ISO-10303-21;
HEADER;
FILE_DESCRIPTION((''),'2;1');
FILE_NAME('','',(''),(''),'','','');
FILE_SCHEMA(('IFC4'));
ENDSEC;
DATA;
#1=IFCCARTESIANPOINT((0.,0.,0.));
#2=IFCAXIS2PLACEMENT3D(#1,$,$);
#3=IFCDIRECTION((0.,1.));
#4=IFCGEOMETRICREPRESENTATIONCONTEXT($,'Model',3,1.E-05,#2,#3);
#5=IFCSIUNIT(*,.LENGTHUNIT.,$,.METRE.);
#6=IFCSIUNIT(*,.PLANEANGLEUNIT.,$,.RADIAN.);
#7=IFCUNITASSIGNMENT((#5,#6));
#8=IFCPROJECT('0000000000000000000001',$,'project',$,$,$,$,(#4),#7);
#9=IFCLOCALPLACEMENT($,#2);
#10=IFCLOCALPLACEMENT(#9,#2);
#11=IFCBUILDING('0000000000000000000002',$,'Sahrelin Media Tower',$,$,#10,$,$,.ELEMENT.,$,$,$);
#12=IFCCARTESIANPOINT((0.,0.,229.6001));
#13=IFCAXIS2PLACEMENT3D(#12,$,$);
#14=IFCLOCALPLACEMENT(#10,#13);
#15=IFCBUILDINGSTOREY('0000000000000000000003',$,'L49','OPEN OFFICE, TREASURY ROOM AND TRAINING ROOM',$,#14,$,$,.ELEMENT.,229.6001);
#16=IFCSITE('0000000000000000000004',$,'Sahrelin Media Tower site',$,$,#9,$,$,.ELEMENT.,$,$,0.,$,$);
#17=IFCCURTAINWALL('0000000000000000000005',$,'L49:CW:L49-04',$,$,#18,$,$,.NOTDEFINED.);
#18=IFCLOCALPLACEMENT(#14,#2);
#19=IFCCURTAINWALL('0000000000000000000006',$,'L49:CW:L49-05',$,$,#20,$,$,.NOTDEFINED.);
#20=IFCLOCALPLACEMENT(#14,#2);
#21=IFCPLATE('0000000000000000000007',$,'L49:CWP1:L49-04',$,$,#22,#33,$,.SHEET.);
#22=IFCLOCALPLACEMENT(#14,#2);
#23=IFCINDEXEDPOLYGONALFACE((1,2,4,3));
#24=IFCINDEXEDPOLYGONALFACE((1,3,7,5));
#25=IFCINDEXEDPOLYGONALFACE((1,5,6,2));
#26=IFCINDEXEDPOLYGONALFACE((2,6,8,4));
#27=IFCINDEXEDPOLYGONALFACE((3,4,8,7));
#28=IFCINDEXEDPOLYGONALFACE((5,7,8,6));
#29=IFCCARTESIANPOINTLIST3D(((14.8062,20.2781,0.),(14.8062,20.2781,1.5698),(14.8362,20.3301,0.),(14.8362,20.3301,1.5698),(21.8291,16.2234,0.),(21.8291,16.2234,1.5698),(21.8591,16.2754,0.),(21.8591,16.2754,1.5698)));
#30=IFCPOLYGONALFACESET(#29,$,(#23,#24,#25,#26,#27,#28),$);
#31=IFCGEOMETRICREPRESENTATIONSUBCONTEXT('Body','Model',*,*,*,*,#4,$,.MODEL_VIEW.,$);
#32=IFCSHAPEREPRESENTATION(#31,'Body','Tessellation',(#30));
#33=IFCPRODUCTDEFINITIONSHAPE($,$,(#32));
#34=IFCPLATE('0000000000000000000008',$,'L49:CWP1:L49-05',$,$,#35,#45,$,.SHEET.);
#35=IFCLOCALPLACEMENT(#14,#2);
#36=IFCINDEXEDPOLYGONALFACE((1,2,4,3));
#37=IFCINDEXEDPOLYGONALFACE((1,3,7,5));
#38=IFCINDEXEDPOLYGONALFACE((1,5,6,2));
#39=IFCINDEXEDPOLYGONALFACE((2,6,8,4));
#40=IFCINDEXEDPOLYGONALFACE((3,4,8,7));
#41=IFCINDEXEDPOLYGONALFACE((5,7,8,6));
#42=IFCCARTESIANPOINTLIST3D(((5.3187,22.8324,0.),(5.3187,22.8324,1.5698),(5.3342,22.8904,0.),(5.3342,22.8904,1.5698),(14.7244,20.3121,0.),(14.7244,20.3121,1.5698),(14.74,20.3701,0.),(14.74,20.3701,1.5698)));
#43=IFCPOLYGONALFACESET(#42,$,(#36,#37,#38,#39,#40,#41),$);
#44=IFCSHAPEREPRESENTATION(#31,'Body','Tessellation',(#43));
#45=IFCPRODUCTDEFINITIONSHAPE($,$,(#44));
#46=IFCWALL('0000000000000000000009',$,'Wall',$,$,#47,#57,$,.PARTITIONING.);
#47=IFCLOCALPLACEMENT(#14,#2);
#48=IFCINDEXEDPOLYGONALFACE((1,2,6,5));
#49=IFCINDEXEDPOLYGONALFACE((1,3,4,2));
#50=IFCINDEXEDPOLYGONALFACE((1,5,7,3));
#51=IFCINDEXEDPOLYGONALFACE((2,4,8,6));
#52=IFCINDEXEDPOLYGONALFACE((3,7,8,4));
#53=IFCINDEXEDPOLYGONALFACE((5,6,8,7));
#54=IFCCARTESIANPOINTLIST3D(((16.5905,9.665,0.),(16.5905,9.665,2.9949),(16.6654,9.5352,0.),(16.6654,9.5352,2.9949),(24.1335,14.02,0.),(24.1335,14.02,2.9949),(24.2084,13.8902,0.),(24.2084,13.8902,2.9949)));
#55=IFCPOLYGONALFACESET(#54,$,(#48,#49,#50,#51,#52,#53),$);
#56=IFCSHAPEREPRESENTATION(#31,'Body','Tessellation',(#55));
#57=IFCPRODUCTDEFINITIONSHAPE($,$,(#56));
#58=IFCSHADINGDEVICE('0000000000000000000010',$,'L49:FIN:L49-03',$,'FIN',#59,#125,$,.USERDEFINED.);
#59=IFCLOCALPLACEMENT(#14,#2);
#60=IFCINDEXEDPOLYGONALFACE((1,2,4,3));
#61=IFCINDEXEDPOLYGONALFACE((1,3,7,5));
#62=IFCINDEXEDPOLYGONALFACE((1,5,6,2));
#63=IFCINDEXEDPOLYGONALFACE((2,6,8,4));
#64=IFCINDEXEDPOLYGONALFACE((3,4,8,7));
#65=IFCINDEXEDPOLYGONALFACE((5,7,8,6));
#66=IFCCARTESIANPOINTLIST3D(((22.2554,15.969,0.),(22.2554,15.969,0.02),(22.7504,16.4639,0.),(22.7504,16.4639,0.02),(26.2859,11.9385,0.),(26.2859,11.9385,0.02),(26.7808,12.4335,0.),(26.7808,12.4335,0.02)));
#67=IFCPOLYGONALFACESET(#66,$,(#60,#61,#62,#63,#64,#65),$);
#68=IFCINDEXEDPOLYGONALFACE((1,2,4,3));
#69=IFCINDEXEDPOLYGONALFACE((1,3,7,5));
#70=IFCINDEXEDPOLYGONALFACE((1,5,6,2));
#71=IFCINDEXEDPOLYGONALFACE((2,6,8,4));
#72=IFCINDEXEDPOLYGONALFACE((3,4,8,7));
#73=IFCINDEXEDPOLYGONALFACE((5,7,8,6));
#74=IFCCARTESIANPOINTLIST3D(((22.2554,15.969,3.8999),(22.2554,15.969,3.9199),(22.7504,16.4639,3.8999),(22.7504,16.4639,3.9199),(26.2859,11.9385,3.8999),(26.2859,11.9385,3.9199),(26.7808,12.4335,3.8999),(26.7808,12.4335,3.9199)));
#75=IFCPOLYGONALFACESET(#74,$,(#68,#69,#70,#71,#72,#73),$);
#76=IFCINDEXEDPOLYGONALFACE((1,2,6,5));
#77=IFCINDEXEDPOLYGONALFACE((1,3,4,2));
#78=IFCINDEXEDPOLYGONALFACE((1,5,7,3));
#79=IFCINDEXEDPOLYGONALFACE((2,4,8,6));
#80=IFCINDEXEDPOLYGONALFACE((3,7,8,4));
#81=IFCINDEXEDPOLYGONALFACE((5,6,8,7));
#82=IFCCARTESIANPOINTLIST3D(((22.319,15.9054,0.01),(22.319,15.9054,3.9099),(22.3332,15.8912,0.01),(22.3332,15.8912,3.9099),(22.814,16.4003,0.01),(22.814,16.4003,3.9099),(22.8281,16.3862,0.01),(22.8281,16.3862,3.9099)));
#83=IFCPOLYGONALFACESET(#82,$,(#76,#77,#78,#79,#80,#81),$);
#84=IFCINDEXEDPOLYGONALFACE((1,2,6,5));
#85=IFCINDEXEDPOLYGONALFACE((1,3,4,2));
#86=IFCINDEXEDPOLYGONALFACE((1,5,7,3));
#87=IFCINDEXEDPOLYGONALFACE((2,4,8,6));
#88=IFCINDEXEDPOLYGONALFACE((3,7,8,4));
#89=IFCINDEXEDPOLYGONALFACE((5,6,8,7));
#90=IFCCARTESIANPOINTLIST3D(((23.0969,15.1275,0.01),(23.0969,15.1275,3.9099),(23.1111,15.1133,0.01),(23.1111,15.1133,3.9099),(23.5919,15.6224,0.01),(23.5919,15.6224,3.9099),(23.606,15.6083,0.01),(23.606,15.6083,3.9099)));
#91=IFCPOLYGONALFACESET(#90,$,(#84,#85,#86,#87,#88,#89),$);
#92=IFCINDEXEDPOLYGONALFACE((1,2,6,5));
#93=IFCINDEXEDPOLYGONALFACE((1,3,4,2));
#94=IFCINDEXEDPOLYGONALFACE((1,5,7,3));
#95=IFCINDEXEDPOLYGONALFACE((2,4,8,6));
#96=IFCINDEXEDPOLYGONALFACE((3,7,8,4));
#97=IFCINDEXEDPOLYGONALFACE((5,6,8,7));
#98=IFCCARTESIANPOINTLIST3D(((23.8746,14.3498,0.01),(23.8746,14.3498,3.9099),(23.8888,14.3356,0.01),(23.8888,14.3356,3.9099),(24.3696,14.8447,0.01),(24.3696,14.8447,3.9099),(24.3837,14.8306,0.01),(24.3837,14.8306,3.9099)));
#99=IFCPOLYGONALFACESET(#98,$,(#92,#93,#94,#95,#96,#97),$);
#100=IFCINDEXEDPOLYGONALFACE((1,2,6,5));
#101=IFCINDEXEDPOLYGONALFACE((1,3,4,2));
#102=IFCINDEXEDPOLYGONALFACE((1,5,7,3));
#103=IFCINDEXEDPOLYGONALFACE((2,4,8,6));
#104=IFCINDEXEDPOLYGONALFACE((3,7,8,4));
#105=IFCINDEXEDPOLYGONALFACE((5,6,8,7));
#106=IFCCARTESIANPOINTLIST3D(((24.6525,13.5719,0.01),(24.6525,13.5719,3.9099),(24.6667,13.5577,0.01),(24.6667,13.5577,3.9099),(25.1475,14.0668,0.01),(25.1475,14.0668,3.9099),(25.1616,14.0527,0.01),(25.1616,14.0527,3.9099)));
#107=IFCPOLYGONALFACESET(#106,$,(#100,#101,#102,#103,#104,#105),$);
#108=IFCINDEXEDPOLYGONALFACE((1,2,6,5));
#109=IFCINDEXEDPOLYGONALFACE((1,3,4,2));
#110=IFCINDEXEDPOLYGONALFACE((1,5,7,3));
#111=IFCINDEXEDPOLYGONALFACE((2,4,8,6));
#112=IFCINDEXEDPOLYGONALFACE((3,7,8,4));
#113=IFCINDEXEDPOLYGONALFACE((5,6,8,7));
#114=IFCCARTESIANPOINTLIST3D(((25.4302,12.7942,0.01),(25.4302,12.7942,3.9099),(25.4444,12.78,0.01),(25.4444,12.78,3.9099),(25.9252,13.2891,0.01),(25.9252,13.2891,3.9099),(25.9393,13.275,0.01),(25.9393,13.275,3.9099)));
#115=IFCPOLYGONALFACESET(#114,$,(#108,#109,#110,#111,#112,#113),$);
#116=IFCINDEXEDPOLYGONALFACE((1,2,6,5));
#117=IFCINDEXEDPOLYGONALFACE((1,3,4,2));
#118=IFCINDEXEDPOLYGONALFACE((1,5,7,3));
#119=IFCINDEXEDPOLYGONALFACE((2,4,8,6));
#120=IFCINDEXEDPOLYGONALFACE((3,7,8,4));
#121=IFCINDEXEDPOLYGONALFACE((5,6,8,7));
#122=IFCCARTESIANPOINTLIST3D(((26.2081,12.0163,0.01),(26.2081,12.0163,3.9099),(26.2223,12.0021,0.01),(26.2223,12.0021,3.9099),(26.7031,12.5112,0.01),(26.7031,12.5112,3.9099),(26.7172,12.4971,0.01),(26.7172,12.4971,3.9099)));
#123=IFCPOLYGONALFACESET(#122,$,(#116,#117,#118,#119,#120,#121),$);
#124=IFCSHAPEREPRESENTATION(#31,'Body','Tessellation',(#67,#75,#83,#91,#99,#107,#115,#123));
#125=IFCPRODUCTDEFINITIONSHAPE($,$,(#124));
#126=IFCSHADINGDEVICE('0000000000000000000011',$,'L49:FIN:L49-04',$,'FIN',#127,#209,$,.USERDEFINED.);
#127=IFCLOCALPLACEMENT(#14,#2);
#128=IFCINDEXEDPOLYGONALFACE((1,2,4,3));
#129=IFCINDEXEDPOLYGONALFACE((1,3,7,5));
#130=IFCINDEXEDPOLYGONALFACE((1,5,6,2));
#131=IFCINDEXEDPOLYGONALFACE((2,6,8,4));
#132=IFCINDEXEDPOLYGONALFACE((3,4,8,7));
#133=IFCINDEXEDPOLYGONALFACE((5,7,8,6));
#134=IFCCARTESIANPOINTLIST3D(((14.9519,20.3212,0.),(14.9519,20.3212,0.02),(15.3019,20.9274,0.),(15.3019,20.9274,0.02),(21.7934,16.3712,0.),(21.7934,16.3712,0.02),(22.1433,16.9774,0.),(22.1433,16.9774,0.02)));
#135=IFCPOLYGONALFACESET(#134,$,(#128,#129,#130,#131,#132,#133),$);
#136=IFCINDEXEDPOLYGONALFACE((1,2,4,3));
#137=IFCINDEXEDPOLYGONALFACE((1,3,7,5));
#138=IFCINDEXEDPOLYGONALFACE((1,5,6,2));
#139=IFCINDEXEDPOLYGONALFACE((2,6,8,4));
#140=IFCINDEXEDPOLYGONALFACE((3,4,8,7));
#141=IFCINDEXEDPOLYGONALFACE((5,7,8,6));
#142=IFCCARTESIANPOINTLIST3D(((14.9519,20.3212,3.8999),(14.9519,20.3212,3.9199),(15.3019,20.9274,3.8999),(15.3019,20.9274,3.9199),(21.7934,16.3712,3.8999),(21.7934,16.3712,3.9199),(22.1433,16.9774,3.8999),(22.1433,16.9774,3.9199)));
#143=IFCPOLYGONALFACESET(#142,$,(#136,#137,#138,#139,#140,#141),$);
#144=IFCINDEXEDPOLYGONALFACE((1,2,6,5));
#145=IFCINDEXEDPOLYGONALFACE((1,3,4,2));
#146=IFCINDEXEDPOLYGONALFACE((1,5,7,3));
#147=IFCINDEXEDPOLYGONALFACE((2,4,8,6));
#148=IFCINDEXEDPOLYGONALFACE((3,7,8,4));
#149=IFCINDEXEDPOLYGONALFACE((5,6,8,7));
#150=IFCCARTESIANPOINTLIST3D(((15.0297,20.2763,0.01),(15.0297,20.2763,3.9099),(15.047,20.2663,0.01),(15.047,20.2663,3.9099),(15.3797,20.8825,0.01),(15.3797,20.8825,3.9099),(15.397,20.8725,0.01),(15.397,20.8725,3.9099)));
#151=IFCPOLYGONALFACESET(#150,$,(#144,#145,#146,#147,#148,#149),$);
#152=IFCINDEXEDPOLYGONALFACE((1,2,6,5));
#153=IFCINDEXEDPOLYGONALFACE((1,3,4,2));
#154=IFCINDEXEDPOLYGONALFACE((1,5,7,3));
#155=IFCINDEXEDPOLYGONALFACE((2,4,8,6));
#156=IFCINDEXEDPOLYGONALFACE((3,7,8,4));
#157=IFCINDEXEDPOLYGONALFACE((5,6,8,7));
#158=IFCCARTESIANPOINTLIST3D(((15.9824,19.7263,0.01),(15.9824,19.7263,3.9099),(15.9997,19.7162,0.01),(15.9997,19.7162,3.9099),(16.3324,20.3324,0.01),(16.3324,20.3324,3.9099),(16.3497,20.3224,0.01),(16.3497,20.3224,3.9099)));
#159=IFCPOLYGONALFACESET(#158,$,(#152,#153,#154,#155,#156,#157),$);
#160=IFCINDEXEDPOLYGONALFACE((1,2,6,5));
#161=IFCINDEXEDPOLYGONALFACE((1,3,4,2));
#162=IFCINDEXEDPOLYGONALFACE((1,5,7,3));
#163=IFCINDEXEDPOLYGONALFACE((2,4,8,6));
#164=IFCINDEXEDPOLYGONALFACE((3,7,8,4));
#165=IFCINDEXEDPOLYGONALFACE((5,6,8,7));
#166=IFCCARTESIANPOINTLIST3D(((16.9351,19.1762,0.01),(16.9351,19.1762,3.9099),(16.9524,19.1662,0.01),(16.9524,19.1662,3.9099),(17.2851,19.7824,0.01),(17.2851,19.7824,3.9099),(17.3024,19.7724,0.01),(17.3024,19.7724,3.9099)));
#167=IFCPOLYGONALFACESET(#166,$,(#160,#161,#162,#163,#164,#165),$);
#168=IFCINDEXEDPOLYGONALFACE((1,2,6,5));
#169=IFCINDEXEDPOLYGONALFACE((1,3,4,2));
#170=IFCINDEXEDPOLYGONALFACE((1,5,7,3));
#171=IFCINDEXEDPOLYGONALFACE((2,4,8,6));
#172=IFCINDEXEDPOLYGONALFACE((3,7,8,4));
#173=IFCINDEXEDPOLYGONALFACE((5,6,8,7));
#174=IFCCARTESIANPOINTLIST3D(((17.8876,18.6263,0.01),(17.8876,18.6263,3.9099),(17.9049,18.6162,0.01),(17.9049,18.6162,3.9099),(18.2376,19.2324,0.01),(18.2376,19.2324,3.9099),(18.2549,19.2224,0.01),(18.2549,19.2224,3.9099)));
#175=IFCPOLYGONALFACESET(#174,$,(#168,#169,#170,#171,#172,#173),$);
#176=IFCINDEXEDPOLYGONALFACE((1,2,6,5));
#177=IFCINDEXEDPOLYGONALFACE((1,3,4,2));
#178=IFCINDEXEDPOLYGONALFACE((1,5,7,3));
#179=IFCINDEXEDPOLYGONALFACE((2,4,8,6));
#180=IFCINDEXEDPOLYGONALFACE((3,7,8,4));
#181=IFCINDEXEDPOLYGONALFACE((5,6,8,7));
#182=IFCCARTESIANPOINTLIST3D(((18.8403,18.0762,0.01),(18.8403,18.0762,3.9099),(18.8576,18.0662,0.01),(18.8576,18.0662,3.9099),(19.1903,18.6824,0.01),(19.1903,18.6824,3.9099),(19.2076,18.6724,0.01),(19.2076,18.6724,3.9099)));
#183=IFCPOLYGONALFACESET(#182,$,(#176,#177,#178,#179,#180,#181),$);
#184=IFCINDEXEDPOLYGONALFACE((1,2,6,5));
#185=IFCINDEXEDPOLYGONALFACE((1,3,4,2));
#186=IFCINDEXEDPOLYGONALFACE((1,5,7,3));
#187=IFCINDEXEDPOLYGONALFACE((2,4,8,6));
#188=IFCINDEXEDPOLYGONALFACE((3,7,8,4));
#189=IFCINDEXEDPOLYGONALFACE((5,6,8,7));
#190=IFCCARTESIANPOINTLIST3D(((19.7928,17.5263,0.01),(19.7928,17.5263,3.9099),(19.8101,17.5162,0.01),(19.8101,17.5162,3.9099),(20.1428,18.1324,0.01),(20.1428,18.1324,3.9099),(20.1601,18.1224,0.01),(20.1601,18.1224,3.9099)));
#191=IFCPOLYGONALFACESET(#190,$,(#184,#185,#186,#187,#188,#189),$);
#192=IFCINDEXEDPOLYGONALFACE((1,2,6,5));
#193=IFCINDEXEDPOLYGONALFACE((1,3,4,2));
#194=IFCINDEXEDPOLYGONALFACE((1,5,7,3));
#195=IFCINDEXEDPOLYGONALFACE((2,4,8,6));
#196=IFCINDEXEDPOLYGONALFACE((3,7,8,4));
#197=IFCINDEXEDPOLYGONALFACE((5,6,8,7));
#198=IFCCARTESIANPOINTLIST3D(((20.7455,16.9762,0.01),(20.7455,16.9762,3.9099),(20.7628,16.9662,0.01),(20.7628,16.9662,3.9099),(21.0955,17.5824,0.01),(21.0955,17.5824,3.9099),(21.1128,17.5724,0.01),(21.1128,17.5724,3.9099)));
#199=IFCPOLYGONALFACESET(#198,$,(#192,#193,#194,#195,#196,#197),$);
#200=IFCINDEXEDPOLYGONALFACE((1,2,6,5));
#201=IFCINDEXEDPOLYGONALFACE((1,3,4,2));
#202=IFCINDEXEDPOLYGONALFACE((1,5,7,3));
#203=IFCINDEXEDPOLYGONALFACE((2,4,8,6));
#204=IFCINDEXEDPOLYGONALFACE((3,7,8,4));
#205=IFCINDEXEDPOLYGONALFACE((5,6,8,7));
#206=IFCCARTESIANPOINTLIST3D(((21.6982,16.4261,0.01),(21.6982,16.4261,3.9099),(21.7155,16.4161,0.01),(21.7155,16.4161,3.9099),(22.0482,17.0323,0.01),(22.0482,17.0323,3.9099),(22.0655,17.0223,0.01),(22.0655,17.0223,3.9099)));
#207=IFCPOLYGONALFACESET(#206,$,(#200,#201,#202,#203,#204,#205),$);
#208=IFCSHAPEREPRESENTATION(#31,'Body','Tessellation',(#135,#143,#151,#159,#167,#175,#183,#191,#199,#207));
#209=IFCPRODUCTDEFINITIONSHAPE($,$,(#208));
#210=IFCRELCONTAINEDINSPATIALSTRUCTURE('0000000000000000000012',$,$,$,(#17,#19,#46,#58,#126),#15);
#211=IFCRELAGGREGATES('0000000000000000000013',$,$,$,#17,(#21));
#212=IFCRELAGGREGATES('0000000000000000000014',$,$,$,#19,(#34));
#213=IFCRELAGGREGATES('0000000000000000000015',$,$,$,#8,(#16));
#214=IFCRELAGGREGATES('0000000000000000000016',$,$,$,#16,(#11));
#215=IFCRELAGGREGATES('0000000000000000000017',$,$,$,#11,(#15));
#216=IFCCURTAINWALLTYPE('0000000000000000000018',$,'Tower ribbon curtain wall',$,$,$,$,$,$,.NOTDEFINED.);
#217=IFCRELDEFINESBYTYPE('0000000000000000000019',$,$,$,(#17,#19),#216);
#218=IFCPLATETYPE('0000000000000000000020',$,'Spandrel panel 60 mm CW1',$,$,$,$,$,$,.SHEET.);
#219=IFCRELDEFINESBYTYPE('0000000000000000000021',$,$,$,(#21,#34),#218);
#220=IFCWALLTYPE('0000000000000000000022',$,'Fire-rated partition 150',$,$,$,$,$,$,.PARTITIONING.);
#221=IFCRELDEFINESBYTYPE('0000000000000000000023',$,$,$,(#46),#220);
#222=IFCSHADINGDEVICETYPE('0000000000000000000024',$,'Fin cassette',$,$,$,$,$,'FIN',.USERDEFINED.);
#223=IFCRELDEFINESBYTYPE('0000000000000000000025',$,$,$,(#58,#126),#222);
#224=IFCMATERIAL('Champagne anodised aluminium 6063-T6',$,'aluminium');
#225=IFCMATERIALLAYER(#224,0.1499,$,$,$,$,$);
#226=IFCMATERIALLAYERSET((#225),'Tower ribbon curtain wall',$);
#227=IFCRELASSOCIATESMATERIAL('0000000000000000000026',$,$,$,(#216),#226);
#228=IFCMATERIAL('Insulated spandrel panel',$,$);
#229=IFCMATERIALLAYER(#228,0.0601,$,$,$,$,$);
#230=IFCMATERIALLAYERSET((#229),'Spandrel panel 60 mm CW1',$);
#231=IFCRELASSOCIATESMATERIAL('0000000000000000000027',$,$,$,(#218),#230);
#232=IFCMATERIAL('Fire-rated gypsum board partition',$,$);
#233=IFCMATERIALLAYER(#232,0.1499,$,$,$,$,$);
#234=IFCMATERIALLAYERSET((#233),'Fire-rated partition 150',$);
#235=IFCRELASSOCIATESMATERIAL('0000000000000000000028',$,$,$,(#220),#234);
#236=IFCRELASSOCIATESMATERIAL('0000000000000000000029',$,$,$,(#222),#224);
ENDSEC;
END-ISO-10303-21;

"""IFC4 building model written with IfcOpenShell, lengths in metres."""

from ifc_helpers import new_model, si_unit, direction, frame, frame_2d, origin, origin_2d, place, context, subcontext, project, spatial, polyline, rectangle, outline, extrude, material, layer, layer_set, type_object, element, aggregate, save


model = new_model("IFC4")

# Units and contexts
model_context = context("Model", 3, precision=1e-05, world=origin(), true_north=direction((0.0, 1.0)))
body_context = subcontext(model_context, "Body", "Model", "MODEL_VIEW")
ifc_project = project(units=[si_unit("LENGTHUNIT", "METRE"), si_unit("PLANEANGLEUNIT", "RADIAN")], contexts=[model_context])

# Site, building, storey
site_placement = place(None, origin())
site = spatial("IfcSite", under=ifc_project, at=site_placement, Name="Sahrelin Media Tower site", CompositionType="ELEMENT", RefElevation=0.0)
building_placement = place(site_placement, origin())
building = spatial("IfcBuilding", under=site, at=building_placement, Name="Sahrelin Media Tower", CompositionType="ELEMENT")
storey_placement = place(building_placement, frame((0.0, 0.0, 229.6001)))
storey = spatial("IfcBuildingStorey", under=building, at=storey_placement, Name="L49", Description="OPEN OFFICE, TREASURY ROOM AND TRAINING ROOM", CompositionType="ELEMENT", Elevation=229.6001)

# Curtain wall
ifc_material_1 = material(Name="Champagne anodised aluminium 6063-T6", Category="aluminium")
ifc_layer_1 = layer(ifc_material_1, 0.1499)
ifc_layer_set_1 = layer_set([ifc_layer_1], Name="Tower ribbon curtain wall")
curtain_wall_type = type_object("IfcCurtainWallType", Name="Tower ribbon curtain wall", PredefinedType="NOTDEFINED", material=ifc_layer_set_1)
curtain_wall_1_placement = place(storey_placement, frame((18.3376, 18.2856, 0.0), z_axis=(0.0, 0.0, 1.0), x_axis=(1.0, 0.0, 0.0)))
curtain_wall_1 = element("IfcCurtainWall", 1, at=curtain_wall_1_placement, inside=storey, type_object=curtain_wall_type, Name="L49:CW:L49-04", PredefinedType="NOTDEFINED")

# Curtain wall
curtain_wall_2_placement = place(storey_placement, frame((10.032, 21.6108, 0.0), z_axis=(0.0, 0.0, 1.0), x_axis=(1.0, 0.0, 0.0)))
curtain_wall_2 = element("IfcCurtainWall", 2, at=curtain_wall_2_placement, inside=storey, type_object=curtain_wall_type, Name="L49:CW:L49-05", PredefinedType="NOTDEFINED")

# Plates
ifc_material_2 = material(Name="Insulated spandrel panel")
ifc_layer_2 = layer(ifc_material_2, 0.0601)
ifc_layer_set_2 = layer_set([ifc_layer_2], Name="Spandrel panel 60 mm CW1")
plate_type_1 = type_object("IfcPlateType", Name="Spandrel panel 60 mm CW1", PredefinedType="SHEET", material=ifc_layer_set_2)
plate_1_placement = place(storey_placement, frame((21.8591, 16.2754, 0.0), z_axis=(0.499999, 0.866026, 0.0), x_axis=(-0.866026, 0.499999, 0.0)))
plate_1 = element("IfcPlate", 3, at=plate_1_placement, type_object=plate_type_1, Name="L49:CWP1:L49-04", PredefinedType="SHEET", context=body_context, shape_type="SweptSolid", body=[
    extrude(outline(polyline([(0.0, 0.0), (8.1094, 0.0), (8.1094, 1.5698), (0.0, 1.5698), (0.0, 0.0)])), origin(), (0.0, 0.0, -1.0), 0.0601),
])
aggregate(curtain_wall_1, [plate_1])
plate_2_placement = place(storey_placement, frame((14.74, 20.3701, 0.0), z_axis=(0.258819, 0.965926, 0.0), x_axis=(-0.965926, 0.258819, 0.0)))
plate_2 = element("IfcPlate", 4, at=plate_2_placement, type_object=plate_type_1, Name="L49:CWP1:L49-05", PredefinedType="SHEET", context=body_context, shape_type="SweptSolid", body=[
    extrude(outline(polyline([(0.0, 0.0), (9.7375, 0.0), (9.7375, 1.5698), (0.0, 1.5698), (0.0, 0.0)])), origin(), (0.0, 0.0, -1.0), 0.0601),
])
aggregate(curtain_wall_2, [plate_2])

# Wall
ifc_material_3 = material(Name="Fire-rated gypsum board partition")
ifc_layer_3 = layer(ifc_material_3, 0.1499)
ifc_layer_set_3 = layer_set([ifc_layer_3], Name="Fire-rated partition 150")
wall_type = type_object("IfcWallType", Name="Fire-rated partition 150", PredefinedType="PARTITIONING", material=ifc_layer_set_3)
wall_placement = place(storey_placement, frame((16.6279, 9.6001, 0.0), z_axis=(0.0, 0.0, 1.0), x_axis=(0.866023, 0.500004, 0.0)))
element("IfcWall", 5, at=wall_placement, inside=storey, type_object=wall_type, Name="Wall", PredefinedType="PARTITIONING", context=body_context, shape_type="SweptSolid", body=[
    extrude(rectangle(XDim=8.71, YDim=0.1499, at=frame_2d((4.355, 0.0))), origin(), (0.0, 0.0, 1.0), 2.9949),
])

# Shading devices
shading_device_type_1 = type_object("IfcShadingDeviceType", Name="Fin cassette", ElementType="FIN", PredefinedType="USERDEFINED", material=ifc_material_1)
placement_1 = place(storey_placement, frame((24.2212, 13.9043, 0.0), z_axis=(0.0, 0.0, 1.0), x_axis=(0.707107, -0.707107, 0.0)))
element("IfcShadingDevice", 6, at=placement_1, inside=storey, type_object=shading_device_type_1, Name="L49:FIN:L49-03", ObjectType="FIN", PredefinedType="USERDEFINED", context=body_context, shape_type="SweptSolid", body=[
    extrude(rectangle(XDim=5.7, YDim=0.7, at=origin_2d()), frame((0.0, 0.4199, 0.0)), (0.0, 0.0, 1.0), 0.02),
    extrude(rectangle(XDim=5.7, YDim=0.7, at=origin_2d()), frame((0.0, 0.4199, 3.8999)), (0.0, 0.0, 1.0), 0.02),
    extrude(rectangle(XDim=0.02, YDim=0.7, at=origin_2d()), frame((-2.75, 0.4199, 0.01), z_axis=(0.0, 0.0, 1.0), x_axis=(1.0, 0.0, 0.0)), (0.0, 0.0, 1.0), 3.8999),
    extrude(rectangle(XDim=0.02, YDim=0.7, at=origin_2d()), frame((-1.6499, 0.4199, 0.01), z_axis=(0.0, 0.0, 1.0), x_axis=(1.0, 0.0, 0.0)), (0.0, 0.0, 1.0), 3.8999),
    extrude(rectangle(XDim=0.02, YDim=0.7, at=origin_2d()), frame((-0.55, 0.4199, 0.01), z_axis=(0.0, 0.0, 1.0), x_axis=(1.0, 0.0, 0.0)), (0.0, 0.0, 1.0), 3.8999),
    extrude(rectangle(XDim=0.02, YDim=0.7, at=origin_2d()), frame((0.55, 0.4199, 0.01), z_axis=(0.0, 0.0, 1.0), x_axis=(1.0, 0.0, 0.0)), (0.0, 0.0, 1.0), 3.8999),
    extrude(rectangle(XDim=0.02, YDim=0.7, at=origin_2d()), frame((1.6499, 0.4199, 0.01), z_axis=(0.0, 0.0, 1.0), x_axis=(1.0, 0.0, 0.0)), (0.0, 0.0, 1.0), 3.8999),
    extrude(rectangle(XDim=0.02, YDim=0.7, at=origin_2d()), frame((2.75, 0.4199, 0.01), z_axis=(0.0, 0.0, 1.0), x_axis=(1.0, 0.0, 0.0)), (0.0, 0.0, 1.0), 3.8999),
])
placement_2 = place(storey_placement, frame((18.3376, 18.2856, 0.0), z_axis=(0.0, 0.0, 1.0), x_axis=(0.866019, -0.500011, 0.0)))
element("IfcShadingDevice", 7, at=placement_2, inside=storey, type_object=shading_device_type_1, Name="L49:FIN:L49-04", ObjectType="FIN", PredefinedType="USERDEFINED", context=body_context, shape_type="SweptSolid", body=[
    extrude(rectangle(XDim=7.8999, YDim=0.7, at=origin_2d()), frame((0.0, 0.4199, 0.0)), (0.0, 0.0, 1.0), 0.02),
    extrude(rectangle(XDim=7.8999, YDim=0.7, at=origin_2d()), frame((0.0, 0.4199, 3.8999)), (0.0, 0.0, 1.0), 0.02),
    extrude(rectangle(XDim=0.02, YDim=0.7, at=origin_2d()), frame((-3.8501, 0.4199, 0.01), z_axis=(0.0, 0.0, 1.0), x_axis=(1.0, 0.0, 0.0)), (0.0, 0.0, 1.0), 3.8999),
    extrude(rectangle(XDim=0.02, YDim=0.7, at=origin_2d()), frame((-2.75, 0.4199, 0.01), z_axis=(0.0, 0.0, 1.0), x_axis=(1.0, 0.0, 0.0)), (0.0, 0.0, 1.0), 3.8999),
    extrude(rectangle(XDim=0.02, YDim=0.7, at=origin_2d()), frame((-1.6499, 0.4199, 0.01), z_axis=(0.0, 0.0, 1.0), x_axis=(1.0, 0.0, 0.0)), (0.0, 0.0, 1.0), 3.8999),
    extrude(rectangle(XDim=0.02, YDim=0.7, at=origin_2d()), frame((-0.55, 0.4199, 0.01), z_axis=(0.0, 0.0, 1.0), x_axis=(1.0, 0.0, 0.0)), (0.0, 0.0, 1.0), 3.8999),
    extrude(rectangle(XDim=0.02, YDim=0.7, at=origin_2d()), frame((0.55, 0.4199, 0.01), z_axis=(0.0, 0.0, 1.0), x_axis=(1.0, 0.0, 0.0)), (0.0, 0.0, 1.0), 3.8999),
    extrude(rectangle(XDim=0.02, YDim=0.7, at=origin_2d()), frame((1.6499, 0.4199, 0.01), z_axis=(0.0, 0.0, 1.0), x_axis=(1.0, 0.0, 0.0)), (0.0, 0.0, 1.0), 3.8999),
    extrude(rectangle(XDim=0.02, YDim=0.7, at=origin_2d()), frame((2.75, 0.4199, 0.01), z_axis=(0.0, 0.0, 1.0), x_axis=(1.0, 0.0, 0.0)), (0.0, 0.0, 1.0), 3.8999),
    extrude(rectangle(XDim=0.02, YDim=0.7, at=origin_2d()), frame((3.8501, 0.4199, 0.01), z_axis=(0.0, 0.0, 1.0), x_axis=(1.0, 0.0, 0.0)), (0.0, 0.0, 1.0), 3.8999),
])

save(model, "model.ifc")
